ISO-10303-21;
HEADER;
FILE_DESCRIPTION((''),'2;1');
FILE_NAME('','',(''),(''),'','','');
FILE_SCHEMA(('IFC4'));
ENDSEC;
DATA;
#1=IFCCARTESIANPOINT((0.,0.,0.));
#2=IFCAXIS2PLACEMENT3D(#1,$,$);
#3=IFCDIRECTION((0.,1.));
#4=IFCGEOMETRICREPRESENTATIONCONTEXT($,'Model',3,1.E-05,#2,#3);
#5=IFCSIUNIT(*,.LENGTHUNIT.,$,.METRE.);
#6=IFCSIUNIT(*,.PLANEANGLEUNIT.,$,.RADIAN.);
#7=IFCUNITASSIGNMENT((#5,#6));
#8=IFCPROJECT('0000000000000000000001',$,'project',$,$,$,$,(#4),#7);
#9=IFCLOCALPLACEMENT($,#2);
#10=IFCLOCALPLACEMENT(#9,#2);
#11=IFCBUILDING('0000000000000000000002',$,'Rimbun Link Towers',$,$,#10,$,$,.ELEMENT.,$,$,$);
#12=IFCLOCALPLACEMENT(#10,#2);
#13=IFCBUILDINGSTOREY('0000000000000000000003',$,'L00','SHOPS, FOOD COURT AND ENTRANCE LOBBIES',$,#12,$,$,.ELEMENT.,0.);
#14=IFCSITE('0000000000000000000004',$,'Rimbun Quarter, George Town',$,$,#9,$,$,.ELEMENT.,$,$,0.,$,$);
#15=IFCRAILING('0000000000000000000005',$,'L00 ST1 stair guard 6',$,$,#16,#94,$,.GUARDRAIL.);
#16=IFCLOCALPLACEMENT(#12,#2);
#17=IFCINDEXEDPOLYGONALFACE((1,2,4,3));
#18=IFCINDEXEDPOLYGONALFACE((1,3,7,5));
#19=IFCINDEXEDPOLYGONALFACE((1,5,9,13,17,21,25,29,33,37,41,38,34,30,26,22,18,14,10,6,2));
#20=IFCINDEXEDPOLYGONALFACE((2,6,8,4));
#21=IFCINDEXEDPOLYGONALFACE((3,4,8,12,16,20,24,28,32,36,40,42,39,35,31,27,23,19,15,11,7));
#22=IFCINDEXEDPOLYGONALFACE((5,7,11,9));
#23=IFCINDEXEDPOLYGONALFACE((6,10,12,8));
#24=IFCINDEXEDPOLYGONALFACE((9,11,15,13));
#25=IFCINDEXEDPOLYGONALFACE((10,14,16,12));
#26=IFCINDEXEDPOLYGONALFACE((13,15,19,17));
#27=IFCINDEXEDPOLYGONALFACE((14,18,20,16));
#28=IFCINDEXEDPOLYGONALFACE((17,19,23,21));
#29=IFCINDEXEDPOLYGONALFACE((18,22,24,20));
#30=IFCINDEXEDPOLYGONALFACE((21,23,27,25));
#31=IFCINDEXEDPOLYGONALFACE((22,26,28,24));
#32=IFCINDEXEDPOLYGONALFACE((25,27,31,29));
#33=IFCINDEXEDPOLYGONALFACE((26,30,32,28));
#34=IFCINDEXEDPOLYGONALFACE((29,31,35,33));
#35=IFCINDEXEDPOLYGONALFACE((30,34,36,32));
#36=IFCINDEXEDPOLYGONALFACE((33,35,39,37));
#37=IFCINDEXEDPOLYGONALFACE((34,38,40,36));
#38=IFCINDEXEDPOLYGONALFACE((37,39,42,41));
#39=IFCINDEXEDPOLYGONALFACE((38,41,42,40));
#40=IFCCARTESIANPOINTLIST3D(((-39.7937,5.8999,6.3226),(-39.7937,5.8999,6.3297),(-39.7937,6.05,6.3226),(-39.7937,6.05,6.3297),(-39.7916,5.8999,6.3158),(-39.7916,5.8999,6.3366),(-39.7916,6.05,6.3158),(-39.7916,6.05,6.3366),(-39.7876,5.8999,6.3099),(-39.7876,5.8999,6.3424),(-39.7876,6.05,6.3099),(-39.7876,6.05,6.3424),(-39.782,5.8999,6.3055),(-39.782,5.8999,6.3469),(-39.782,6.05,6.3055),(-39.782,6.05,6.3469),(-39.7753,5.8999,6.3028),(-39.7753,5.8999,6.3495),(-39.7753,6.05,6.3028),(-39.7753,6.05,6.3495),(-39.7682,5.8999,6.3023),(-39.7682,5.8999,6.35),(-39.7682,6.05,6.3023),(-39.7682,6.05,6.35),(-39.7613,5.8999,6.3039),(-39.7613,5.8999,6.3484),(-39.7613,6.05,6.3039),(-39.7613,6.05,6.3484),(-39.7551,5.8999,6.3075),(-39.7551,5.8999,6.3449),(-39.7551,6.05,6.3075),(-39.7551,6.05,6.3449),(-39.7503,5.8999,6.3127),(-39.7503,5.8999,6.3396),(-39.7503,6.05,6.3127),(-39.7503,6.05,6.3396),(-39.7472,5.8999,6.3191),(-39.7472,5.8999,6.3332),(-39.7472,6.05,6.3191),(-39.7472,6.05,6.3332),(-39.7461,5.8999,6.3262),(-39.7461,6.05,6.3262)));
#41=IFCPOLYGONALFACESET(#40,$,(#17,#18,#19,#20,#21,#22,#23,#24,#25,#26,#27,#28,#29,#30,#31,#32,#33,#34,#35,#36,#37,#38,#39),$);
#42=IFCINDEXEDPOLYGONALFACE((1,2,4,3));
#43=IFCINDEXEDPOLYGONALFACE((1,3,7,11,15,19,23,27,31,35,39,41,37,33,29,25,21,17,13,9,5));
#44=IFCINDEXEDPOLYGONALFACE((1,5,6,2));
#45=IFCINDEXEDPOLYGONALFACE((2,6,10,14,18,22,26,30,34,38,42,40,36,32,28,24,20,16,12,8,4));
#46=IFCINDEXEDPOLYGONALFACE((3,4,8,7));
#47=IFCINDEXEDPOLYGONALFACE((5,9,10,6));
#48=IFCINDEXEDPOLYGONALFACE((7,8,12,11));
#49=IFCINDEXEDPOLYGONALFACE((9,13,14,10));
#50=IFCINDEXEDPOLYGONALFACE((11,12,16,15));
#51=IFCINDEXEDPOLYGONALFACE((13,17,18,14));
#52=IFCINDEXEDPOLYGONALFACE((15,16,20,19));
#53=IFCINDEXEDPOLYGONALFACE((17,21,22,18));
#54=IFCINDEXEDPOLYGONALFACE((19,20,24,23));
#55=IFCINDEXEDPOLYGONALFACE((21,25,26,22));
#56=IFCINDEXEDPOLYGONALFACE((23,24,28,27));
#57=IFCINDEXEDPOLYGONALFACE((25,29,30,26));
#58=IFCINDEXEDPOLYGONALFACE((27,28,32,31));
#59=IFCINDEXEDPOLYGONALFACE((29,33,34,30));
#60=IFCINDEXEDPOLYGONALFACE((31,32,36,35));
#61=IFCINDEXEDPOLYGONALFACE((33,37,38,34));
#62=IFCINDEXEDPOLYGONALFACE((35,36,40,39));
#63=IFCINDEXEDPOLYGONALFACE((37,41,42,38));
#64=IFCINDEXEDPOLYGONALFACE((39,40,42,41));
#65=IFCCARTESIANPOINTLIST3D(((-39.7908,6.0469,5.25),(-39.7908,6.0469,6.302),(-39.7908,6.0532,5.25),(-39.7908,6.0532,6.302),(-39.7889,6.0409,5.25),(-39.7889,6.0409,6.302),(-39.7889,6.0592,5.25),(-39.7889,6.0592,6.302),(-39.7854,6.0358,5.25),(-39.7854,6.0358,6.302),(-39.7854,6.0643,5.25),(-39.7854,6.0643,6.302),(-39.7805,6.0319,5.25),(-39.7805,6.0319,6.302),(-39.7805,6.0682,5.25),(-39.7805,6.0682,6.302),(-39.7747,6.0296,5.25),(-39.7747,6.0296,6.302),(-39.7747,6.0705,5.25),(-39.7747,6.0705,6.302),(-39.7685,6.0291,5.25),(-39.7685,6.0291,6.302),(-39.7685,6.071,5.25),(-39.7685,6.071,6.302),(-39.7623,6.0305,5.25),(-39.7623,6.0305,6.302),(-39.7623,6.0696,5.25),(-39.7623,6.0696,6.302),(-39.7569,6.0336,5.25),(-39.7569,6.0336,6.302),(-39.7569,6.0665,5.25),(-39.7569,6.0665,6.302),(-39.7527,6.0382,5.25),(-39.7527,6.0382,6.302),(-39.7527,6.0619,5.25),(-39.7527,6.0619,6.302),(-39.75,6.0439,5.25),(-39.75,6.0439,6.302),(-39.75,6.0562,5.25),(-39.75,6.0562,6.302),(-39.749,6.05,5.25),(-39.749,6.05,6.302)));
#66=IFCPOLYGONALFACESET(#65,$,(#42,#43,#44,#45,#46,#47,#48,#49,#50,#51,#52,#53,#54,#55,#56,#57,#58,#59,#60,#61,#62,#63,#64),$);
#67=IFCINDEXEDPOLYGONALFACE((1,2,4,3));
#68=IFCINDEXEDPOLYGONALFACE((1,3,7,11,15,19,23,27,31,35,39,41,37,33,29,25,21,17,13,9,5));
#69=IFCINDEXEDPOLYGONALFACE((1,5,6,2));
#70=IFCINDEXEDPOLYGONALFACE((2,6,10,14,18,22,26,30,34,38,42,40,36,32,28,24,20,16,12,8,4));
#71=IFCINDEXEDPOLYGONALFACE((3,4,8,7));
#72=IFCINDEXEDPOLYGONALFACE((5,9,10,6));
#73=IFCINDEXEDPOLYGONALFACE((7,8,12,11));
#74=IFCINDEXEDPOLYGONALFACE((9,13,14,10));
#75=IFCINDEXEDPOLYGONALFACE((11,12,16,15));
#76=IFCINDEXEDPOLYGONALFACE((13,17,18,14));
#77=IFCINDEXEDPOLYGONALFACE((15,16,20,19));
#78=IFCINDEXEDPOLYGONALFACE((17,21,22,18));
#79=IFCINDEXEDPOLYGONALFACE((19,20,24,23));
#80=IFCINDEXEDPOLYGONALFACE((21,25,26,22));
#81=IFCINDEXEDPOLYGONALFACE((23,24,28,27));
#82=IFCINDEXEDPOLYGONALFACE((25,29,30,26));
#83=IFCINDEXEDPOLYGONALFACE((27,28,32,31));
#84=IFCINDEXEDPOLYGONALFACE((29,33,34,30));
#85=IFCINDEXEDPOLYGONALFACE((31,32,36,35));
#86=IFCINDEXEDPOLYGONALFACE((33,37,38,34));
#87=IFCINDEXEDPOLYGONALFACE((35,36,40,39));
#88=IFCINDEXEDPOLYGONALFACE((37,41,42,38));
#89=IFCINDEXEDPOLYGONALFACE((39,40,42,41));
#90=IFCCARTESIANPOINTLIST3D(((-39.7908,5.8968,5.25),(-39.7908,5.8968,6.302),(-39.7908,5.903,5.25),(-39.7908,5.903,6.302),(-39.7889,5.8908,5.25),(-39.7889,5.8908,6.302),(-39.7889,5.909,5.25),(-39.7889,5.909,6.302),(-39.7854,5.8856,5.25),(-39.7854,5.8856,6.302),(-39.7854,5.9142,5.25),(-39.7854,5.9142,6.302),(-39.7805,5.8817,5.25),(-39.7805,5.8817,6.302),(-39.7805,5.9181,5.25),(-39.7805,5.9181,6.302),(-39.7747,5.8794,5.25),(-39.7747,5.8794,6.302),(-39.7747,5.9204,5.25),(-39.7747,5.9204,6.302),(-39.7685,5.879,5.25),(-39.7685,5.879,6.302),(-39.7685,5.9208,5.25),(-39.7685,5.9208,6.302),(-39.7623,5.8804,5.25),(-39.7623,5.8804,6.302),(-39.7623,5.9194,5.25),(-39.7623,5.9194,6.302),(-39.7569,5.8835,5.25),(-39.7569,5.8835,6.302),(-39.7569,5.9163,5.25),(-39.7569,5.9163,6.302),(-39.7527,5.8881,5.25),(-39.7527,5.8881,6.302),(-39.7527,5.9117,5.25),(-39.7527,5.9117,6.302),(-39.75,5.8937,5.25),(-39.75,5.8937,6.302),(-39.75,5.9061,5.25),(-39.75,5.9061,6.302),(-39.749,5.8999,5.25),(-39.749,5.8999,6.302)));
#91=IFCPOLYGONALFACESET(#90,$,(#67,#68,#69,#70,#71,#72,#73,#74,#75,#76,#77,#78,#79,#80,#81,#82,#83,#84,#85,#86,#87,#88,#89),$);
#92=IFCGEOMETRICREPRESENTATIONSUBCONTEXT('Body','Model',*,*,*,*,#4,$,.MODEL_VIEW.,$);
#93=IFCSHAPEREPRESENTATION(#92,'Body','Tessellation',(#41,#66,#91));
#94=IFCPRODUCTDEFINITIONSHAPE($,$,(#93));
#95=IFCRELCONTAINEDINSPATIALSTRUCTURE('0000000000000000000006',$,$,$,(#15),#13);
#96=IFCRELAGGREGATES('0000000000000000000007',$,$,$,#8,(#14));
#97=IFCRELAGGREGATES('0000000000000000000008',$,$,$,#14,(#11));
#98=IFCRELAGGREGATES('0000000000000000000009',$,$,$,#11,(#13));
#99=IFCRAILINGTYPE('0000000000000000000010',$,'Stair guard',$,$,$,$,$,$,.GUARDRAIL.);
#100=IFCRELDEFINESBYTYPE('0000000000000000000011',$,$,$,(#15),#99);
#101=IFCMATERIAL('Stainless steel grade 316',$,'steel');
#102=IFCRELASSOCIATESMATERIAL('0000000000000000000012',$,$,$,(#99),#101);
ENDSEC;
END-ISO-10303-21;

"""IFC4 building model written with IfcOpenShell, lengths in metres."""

from ifc_helpers import new_model, si_unit, direction, frame, origin, origin_2d, place, context, subcontext, project, spatial, circle, extrude, material, type_object, element, save


model = new_model("IFC4")

# Units and contexts
model_context = context("Model", 3, precision=1e-05, world=origin(), true_north=direction((0.0, 1.0)))
body_context = subcontext(model_context, "Body", "Model", "MODEL_VIEW")
ifc_project = project(units=[si_unit("LENGTHUNIT", "METRE"), si_unit("PLANEANGLEUNIT", "RADIAN")], contexts=[model_context])

# Site, building, storey
site_placement = place(None, origin())
site = spatial("IfcSite", under=ifc_project, at=site_placement, Name="Rimbun Quarter, George Town", CompositionType="ELEMENT", RefElevation=0.0)
building_placement = place(site_placement, origin())
building = spatial("IfcBuilding", under=site, at=building_placement, Name="Rimbun Link Towers", CompositionType="ELEMENT")
storey_placement = place(building_placement, origin())
storey = spatial("IfcBuildingStorey", under=building, at=storey_placement, Name="L00", Description="SHOPS, FOOD COURT AND ENTRANCE LOBBIES", CompositionType="ELEMENT", Elevation=0.0)

# Railing
ifc_material_1 = material(Name="Stainless steel grade 316", Category="steel")
railing_type_1 = type_object("IfcRailingType", Name="Stair guard", PredefinedType="GUARDRAIL", material=ifc_material_1)
railing_1_placement = place(storey_placement, frame((-39.77, 6.05, 5.25)))
element("IfcRailing", 1, at=railing_1_placement, inside=storey, type_object=railing_type_1, Name="L00 ST1 stair guard 6", PredefinedType="GUARDRAIL", context=body_context, shape_type="SweptSolid", body=[
    extrude(circle(Radius=0.0239, at=origin_2d()), frame((0.0, 0.0, 1.0762), z_axis=(0.0, -1.0, 0.0), x_axis=(1.0, 0.0, 0.0)), (0.0, 0.0, 1.0), 0.1501),
    extrude(circle(Radius=0.021, at=origin_2d()), origin(), (0.0, 0.0, 1.0), 1.052),
    extrude(circle(Radius=0.021, at=origin_2d()), frame((0.0, -0.1501, 0.0)), (0.0, 0.0, 1.0), 1.052),
])

save(model, "model.ifc")
